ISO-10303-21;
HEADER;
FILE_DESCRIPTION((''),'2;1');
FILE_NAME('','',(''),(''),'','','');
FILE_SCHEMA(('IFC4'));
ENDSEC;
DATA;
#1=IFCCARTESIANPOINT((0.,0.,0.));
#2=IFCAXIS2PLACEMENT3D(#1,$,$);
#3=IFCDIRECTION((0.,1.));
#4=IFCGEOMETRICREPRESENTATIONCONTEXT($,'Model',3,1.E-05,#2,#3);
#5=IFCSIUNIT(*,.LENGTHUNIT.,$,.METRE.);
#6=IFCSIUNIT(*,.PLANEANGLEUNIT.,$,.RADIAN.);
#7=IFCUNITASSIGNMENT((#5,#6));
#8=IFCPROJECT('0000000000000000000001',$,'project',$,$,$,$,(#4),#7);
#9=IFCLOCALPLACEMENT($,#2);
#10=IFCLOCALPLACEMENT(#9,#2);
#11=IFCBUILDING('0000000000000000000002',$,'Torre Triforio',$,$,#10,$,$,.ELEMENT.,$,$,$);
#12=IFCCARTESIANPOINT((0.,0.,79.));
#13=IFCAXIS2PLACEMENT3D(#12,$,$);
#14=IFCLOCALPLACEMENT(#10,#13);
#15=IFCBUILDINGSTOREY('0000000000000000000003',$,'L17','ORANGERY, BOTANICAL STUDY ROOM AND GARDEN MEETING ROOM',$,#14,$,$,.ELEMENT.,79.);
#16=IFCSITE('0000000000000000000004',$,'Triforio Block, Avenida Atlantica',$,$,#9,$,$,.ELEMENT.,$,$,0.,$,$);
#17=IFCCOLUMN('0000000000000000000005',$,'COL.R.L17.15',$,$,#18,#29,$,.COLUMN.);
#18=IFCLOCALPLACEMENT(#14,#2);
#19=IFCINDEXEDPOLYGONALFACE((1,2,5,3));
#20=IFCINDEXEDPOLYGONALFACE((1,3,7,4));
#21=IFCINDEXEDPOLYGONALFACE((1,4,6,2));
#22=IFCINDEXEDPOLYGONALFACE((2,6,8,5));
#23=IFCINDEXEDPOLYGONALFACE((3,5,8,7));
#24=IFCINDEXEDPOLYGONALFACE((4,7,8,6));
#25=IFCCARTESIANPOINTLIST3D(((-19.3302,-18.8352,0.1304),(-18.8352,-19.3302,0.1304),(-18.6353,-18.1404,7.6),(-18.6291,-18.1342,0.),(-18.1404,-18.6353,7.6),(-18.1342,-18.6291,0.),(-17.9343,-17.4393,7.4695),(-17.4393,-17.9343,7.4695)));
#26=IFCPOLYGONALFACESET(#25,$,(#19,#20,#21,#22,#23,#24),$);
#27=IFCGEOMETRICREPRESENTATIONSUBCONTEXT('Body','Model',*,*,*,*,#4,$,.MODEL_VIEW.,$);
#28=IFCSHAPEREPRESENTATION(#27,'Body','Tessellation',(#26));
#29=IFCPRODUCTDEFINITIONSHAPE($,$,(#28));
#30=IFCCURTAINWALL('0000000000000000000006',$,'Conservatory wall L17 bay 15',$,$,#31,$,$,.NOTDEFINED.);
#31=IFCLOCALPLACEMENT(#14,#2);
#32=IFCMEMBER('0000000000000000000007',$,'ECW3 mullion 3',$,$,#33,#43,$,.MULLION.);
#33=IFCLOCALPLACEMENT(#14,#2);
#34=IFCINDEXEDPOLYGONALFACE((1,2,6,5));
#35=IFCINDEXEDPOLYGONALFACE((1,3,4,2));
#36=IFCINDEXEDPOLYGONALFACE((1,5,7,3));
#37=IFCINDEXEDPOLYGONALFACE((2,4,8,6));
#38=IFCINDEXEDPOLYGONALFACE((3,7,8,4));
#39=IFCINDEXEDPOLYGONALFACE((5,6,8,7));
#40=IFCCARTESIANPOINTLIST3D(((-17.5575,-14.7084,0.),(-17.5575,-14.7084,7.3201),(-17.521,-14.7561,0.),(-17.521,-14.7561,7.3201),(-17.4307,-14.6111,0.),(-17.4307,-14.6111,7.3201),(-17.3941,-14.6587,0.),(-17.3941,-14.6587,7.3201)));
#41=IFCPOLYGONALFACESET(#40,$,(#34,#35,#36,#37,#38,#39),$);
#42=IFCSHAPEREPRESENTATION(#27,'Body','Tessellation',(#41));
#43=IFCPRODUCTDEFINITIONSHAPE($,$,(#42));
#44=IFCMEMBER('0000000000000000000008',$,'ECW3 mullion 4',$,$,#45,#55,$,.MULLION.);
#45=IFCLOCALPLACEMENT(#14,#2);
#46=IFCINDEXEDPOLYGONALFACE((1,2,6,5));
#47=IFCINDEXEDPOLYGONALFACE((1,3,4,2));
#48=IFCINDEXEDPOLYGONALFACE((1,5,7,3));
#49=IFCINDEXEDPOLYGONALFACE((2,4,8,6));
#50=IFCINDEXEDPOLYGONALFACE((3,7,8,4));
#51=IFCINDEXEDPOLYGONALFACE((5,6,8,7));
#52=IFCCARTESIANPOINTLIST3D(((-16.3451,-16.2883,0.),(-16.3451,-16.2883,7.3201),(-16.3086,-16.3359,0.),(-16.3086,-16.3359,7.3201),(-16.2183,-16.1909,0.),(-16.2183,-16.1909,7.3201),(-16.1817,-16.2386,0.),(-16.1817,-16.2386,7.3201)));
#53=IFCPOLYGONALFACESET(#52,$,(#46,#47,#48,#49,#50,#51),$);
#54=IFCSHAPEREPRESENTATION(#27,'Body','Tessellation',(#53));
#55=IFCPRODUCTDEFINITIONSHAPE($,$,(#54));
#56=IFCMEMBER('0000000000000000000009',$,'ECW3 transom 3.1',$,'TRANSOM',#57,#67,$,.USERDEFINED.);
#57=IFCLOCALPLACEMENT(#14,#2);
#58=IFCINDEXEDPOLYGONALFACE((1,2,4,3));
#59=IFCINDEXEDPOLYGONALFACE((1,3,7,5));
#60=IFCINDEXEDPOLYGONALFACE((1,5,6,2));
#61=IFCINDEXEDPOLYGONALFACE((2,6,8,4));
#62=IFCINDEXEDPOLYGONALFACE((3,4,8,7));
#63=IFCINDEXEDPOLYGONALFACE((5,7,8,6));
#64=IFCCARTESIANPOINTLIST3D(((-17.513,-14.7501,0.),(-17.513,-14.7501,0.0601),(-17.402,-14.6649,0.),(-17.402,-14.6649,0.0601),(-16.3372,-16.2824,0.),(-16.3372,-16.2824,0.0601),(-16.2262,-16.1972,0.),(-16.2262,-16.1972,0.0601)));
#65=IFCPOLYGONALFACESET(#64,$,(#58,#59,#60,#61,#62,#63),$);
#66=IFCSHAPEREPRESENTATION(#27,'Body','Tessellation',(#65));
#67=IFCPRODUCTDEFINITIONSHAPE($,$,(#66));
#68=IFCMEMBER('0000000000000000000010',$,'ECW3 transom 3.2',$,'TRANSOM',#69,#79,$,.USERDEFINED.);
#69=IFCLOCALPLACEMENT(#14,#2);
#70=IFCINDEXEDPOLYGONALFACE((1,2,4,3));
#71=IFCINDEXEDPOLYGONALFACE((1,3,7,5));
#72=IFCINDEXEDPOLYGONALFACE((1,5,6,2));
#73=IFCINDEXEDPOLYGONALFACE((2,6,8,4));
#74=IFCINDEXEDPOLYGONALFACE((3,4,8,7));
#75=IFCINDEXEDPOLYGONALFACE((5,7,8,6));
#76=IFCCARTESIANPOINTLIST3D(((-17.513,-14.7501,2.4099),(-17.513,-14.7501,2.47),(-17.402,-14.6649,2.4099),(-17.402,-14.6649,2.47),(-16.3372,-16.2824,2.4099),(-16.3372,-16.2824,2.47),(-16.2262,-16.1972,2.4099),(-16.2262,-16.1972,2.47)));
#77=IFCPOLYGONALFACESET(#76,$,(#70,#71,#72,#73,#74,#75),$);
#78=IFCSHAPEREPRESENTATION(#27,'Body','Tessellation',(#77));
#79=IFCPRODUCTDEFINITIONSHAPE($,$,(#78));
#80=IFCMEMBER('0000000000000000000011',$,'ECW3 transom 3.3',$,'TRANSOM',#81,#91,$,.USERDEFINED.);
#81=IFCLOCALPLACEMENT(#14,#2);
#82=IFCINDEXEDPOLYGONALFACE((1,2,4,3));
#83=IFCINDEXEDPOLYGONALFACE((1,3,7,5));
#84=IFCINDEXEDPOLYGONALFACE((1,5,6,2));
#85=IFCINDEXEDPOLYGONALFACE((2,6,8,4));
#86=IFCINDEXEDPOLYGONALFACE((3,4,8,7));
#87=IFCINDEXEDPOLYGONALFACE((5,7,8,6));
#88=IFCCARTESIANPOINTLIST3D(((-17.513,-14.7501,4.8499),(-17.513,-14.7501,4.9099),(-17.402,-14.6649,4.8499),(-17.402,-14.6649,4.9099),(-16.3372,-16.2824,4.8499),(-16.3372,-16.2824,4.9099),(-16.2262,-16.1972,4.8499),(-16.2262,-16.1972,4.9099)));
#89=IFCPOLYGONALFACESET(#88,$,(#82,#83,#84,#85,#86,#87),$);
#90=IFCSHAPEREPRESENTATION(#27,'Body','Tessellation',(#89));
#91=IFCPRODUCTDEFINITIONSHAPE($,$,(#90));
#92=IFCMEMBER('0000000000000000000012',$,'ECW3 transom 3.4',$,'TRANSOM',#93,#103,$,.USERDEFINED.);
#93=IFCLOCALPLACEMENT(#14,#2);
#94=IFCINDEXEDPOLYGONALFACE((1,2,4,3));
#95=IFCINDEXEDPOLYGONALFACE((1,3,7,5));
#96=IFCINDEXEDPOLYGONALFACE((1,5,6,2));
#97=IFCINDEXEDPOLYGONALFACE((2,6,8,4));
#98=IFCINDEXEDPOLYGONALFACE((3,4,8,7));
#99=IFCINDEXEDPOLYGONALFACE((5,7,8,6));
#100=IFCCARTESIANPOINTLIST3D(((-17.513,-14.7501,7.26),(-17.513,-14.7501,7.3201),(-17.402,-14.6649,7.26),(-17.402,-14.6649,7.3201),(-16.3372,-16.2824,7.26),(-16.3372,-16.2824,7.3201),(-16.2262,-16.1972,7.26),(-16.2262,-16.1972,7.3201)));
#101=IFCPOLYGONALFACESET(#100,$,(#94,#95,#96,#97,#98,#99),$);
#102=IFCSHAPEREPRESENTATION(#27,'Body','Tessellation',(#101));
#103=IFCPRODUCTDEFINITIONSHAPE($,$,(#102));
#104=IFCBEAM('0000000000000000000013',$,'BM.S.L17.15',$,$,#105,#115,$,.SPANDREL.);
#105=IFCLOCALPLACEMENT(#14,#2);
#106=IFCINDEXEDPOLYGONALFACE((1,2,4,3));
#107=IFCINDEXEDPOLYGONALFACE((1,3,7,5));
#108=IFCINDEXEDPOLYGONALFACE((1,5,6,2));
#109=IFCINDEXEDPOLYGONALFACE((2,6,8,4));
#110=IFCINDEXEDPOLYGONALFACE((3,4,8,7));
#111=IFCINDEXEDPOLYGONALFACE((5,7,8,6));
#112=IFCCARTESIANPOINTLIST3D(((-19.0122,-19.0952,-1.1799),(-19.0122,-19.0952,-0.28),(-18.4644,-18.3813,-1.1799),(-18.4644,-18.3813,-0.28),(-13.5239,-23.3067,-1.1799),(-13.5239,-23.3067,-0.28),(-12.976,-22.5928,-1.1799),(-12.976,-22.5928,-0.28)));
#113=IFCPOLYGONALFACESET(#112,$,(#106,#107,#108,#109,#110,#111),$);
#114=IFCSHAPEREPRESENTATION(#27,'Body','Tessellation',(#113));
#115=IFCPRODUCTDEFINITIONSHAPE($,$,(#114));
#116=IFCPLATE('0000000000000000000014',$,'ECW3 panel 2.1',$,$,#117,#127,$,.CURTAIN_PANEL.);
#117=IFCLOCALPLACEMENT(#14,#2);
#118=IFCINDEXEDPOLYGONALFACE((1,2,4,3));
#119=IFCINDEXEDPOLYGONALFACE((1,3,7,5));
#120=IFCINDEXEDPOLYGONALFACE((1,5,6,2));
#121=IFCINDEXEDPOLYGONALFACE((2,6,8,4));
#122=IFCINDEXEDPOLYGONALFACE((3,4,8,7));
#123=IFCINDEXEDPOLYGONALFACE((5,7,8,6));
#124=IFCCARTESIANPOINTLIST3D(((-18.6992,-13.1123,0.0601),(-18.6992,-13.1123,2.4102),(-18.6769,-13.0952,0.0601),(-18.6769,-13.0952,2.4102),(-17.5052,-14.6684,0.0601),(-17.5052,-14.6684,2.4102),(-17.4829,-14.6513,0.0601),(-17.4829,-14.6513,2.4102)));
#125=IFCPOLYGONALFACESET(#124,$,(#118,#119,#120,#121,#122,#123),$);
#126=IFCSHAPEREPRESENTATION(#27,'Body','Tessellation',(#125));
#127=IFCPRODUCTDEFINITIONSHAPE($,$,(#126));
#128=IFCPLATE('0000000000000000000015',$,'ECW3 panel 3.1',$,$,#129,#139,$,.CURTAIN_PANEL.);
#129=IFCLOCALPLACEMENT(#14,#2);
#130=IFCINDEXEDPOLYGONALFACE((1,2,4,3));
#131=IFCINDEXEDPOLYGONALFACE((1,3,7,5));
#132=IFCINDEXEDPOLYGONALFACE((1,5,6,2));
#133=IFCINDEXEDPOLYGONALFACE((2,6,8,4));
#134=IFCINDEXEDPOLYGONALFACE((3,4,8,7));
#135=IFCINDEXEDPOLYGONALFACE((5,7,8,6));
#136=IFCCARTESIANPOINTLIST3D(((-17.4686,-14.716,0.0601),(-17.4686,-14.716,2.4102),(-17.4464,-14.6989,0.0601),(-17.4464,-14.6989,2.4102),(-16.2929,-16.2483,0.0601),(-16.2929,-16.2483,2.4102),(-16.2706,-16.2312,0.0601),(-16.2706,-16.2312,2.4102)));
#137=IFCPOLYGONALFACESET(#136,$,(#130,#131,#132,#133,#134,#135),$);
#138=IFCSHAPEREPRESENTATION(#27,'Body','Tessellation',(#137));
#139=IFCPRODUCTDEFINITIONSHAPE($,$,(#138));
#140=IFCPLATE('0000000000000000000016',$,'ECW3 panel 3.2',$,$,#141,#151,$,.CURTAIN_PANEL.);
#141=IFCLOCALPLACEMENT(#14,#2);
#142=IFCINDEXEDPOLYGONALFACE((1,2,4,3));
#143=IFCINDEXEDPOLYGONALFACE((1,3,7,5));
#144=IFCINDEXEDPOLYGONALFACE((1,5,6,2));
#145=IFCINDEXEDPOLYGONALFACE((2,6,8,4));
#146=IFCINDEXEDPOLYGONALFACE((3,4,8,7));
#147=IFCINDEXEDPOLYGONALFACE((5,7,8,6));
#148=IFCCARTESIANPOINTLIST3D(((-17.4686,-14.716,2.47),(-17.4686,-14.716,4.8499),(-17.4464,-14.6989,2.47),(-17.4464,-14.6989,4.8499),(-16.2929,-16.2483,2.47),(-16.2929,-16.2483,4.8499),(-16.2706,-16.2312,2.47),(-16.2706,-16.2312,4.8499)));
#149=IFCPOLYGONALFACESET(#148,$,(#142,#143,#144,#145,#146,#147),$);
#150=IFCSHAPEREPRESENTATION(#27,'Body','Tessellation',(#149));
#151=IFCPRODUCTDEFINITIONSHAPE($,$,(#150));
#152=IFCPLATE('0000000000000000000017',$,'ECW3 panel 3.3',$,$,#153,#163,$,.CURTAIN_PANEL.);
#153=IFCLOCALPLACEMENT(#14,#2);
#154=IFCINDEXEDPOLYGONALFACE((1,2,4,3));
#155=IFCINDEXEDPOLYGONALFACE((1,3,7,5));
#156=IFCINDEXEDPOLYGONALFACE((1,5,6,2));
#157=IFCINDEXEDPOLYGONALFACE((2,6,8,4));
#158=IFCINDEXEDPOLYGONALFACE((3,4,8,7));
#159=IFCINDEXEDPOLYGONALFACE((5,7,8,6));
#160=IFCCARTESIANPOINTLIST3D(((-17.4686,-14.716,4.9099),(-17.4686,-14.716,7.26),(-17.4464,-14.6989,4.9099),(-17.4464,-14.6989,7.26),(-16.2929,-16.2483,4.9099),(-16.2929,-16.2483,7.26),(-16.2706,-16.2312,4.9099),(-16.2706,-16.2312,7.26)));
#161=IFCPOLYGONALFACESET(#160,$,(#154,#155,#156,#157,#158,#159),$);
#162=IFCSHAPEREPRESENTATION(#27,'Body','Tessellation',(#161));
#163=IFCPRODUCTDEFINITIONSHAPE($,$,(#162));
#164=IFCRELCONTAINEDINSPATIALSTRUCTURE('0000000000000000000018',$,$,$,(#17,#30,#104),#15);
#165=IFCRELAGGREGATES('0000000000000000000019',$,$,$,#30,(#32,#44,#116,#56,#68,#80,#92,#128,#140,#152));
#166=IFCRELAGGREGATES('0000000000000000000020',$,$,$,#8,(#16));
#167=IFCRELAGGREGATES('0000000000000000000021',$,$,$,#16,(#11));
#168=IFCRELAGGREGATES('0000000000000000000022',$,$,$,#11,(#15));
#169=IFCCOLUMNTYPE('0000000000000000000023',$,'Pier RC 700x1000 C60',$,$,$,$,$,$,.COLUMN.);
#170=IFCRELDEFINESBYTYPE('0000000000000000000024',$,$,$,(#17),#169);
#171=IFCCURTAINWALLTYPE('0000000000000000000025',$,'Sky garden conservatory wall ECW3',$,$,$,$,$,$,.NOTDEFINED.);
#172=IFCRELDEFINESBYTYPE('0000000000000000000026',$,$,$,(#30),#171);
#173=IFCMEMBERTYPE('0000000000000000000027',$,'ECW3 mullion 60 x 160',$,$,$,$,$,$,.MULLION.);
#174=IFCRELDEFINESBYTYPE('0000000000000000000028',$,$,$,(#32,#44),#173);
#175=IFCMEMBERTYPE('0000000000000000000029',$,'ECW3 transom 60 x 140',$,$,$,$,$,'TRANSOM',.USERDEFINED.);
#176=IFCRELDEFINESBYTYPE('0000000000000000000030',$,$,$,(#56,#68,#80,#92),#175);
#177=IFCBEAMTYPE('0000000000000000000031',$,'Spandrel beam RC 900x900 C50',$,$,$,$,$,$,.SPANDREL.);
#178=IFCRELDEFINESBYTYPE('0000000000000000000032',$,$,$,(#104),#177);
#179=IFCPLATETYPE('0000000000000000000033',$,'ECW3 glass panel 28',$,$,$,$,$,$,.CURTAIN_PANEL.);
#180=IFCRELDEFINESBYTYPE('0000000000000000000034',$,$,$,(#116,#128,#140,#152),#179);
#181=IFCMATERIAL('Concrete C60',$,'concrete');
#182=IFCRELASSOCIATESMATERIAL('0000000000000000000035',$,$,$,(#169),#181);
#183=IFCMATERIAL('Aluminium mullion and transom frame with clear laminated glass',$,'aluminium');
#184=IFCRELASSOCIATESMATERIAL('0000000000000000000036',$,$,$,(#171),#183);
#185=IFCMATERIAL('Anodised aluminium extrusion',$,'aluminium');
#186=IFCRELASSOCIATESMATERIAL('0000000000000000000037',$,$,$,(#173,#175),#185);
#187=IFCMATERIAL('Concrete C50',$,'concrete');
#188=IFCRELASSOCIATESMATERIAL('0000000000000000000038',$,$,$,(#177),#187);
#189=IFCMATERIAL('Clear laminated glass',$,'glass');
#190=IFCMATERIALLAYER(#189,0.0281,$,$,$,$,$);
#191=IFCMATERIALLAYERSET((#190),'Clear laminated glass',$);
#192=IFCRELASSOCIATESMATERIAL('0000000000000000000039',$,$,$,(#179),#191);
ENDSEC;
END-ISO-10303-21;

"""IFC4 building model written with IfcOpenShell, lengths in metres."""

from ifc_helpers import new_model, si_unit, direction, frame, origin, origin_2d, place, context, subcontext, project, spatial, rectangle, extrude, material, layer, layer_set, material_profile, profile_set, type_object, element, aggregate, save


model = new_model("IFC4")

# Units and contexts
model_context = context("Model", 3, precision=1e-05, world=origin(), true_north=direction((0.0, 1.0)))
body_context = subcontext(model_context, "Body", "Model", "MODEL_VIEW")
ifc_project = project(units=[si_unit("LENGTHUNIT", "METRE"), si_unit("PLANEANGLEUNIT", "RADIAN")], contexts=[model_context])

# Site, building, storey
site_placement = place(None, origin())
site = spatial("IfcSite", under=ifc_project, at=site_placement, Name="Triforio Block, Avenida Atlantica", CompositionType="ELEMENT", RefElevation=0.0)
building_placement = place(site_placement, origin())
building = spatial("IfcBuilding", under=site, at=building_placement, Name="Torre Triforio", CompositionType="ELEMENT")
storey_placement = place(building_placement, frame((0.0, 0.0, 79.0)))
storey = spatial("IfcBuildingStorey", under=building, at=storey_placement, Name="L17", Description="ORANGERY, BOTANICAL STUDY ROOM AND GARDEN MEETING ROOM", CompositionType="ELEMENT", Elevation=79.0)

# Column
ifc_material_1 = material(Name="Concrete C60", Category="concrete")
ifc_material_profile_1 = material_profile(ifc_material_1, rectangle(XDim=0.7, YDim=1.0, at=origin_2d()), Name="RC 700x1000")
ifc_profile_set_1 = profile_set([ifc_material_profile_1], Name="Concrete C60")
column_type = type_object("IfcColumnType", Name="Pier RC 700x1000 C60", PredefinedType="COLUMN", material=ifc_profile_set_1)
column_placement = place(storey_placement, frame((-18.7322, -18.7322, 0.0652), z_axis=(0.092227, 0.092227, 0.991458), x_axis=(-0.707107, 0.707107, 0.0)))
element("IfcColumn", 1, at=column_placement, inside=storey, type_object=column_type, Name="COL.R.L17.15", PredefinedType="COLUMN", context=body_context, shape_type="SweptSolid", body=[
    extrude(rectangle(XDim=0.7, YDim=1.0, at=origin_2d()), origin(), (0.0, 0.0, 1.0), 7.5339),
])

# Curtain wall, members
ifc_material_2 = material(Name="Aluminium mullion and transom frame with clear laminated glass", Category="aluminium")
curtain_wall_type = type_object("IfcCurtainWallType", Name="Sky garden conservatory wall ECW3", PredefinedType="NOTDEFINED", material=ifc_material_2)
curtain_wall_placement = place(storey_placement, origin())
curtain_wall = element("IfcCurtainWall", 2, at=curtain_wall_placement, inside=storey, type_object=curtain_wall_type, Name="Conservatory wall L17 bay 15", PredefinedType="NOTDEFINED")
ifc_material_3 = material(Name="Anodised aluminium extrusion", Category="aluminium")
ifc_material_profile_2 = material_profile(ifc_material_3, rectangle(XDim=0.1599, YDim=0.0601, at=origin_2d()), Name="ECW3 MULLION 60x160")
ifc_profile_set_2 = profile_set([ifc_material_profile_2], Name="Anodised aluminium extrusion")
member_type_1 = type_object("IfcMemberType", Name="ECW3 mullion 60 x 160", PredefinedType="MULLION", material=ifc_profile_set_2)
member_1_placement = place(storey_placement, frame((-17.4758, -14.6836, 0.0), z_axis=(0.0, 0.0, 1.0), x_axis=(0.79336, 0.608752, 0.0)))
member_1 = element("IfcMember", 3, at=member_1_placement, type_object=member_type_1, Name="ECW3 mullion 3", PredefinedType="MULLION", context=body_context, shape_type="SweptSolid", body=[
    extrude(rectangle(XDim=0.1599, YDim=0.0601, at=origin_2d()), origin(), (0.0, 0.0, 1.0), 7.3201),
])
member_2_placement = place(storey_placement, frame((-16.2634, -16.2634, 0.0), z_axis=(0.0, 0.0, 1.0), x_axis=(0.79336, 0.608752, 0.0)))
member_2 = element("IfcMember", 4, at=member_2_placement, type_object=member_type_1, Name="ECW3 mullion 4", PredefinedType="MULLION", context=body_context, shape_type="SweptSolid", body=[
    extrude(rectangle(XDim=0.1599, YDim=0.0601, at=origin_2d()), origin(), (0.0, 0.0, 1.0), 7.3201),
])
ifc_material_profile_3 = material_profile(ifc_material_3, rectangle(XDim=0.1399, YDim=0.0601, at=origin_2d()), Name="ECW3 TRANSOM 60x140")
ifc_profile_set_3 = profile_set([ifc_material_profile_3], Name="Anodised aluminium extrusion")
member_type_2 = type_object("IfcMemberType", Name="ECW3 transom 60 x 140", ElementType="TRANSOM", PredefinedType="USERDEFINED", material=ifc_profile_set_3)
member_3_placement = place(storey_placement, frame((-17.4575, -14.7075, 0.03), z_axis=(0.608782, -0.793338, 0.0), x_axis=(0.793338, 0.608782, 0.0)))
member_3 = element("IfcMember", 5, at=member_3_placement, type_object=member_type_2, Name="ECW3 transom 3.1", ObjectType="TRANSOM", PredefinedType="USERDEFINED", context=body_context, shape_type="SweptSolid", body=[
    extrude(rectangle(XDim=0.1399, YDim=0.0601, at=origin_2d()), origin(), (0.0, 0.0, 1.0), 1.9314),
])
member_4_placement = place(storey_placement, frame((-17.4575, -14.7075, 2.4399), z_axis=(0.608782, -0.793338, 0.0), x_axis=(0.793338, 0.608782, 0.0)))
member_4 = element("IfcMember", 6, at=member_4_placement, type_object=member_type_2, Name="ECW3 transom 3.2", ObjectType="TRANSOM", PredefinedType="USERDEFINED", context=body_context, shape_type="SweptSolid", body=[
    extrude(rectangle(XDim=0.1399, YDim=0.0601, at=origin_2d()), origin(), (0.0, 0.0, 1.0), 1.9314),
])
member_5_placement = place(storey_placement, frame((-17.4575, -14.7075, 4.8799), z_axis=(0.608782, -0.793338, 0.0), x_axis=(0.793338, 0.608782, 0.0)))
member_5 = element("IfcMember", 7, at=member_5_placement, type_object=member_type_2, Name="ECW3 transom 3.3", ObjectType="TRANSOM", PredefinedType="USERDEFINED", context=body_context, shape_type="SweptSolid", body=[
    extrude(rectangle(XDim=0.1399, YDim=0.0601, at=origin_2d()), origin(), (0.0, 0.0, 1.0), 1.9314),
])
member_6_placement = place(storey_placement, frame((-17.4575, -14.7075, 7.29), z_axis=(0.608782, -0.793338, 0.0), x_axis=(0.793338, 0.608782, 0.0)))
member_6 = element("IfcMember", 8, at=member_6_placement, type_object=member_type_2, Name="ECW3 transom 3.4", ObjectType="TRANSOM", PredefinedType="USERDEFINED", context=body_context, shape_type="SweptSolid", body=[
    extrude(rectangle(XDim=0.1399, YDim=0.0601, at=origin_2d()), origin(), (0.0, 0.0, 1.0), 1.9314),
])

# Beam
ifc_material_4 = material(Name="Concrete C50", Category="concrete")
ifc_material_profile_4 = material_profile(ifc_material_4, rectangle(XDim=0.8999, YDim=0.8999, at=origin_2d()), Name="RC 900x900")
ifc_profile_set_4 = profile_set([ifc_material_profile_4], Name="Concrete C50")
beam_type = type_object("IfcBeamType", Name="Spandrel beam RC 900x900 C50", PredefinedType="SPANDREL", material=ifc_profile_set_4)
beam_placement = place(storey_placement, frame((-18.7383, -18.7383, -0.73), z_axis=(0.793345, -0.608772, 0.0), x_axis=(0.608772, 0.793345, 0.0)))
element("IfcBeam", 9, at=beam_placement, inside=storey, type_object=beam_type, Name="BM.S.L17.15", PredefinedType="SPANDREL", context=body_context, shape_type="SweptSolid", body=[
    extrude(rectangle(XDim=0.8999, YDim=0.8999, at=origin_2d()), origin(), (0.0, 0.0, 1.0), 6.918),
])

# Plates
ifc_material_5 = material(Name="Clear laminated glass", Category="glass")
ifc_layer_1 = layer(ifc_material_5, 0.0281)
ifc_layer_set_1 = layer_set([ifc_layer_1], Name="Clear laminated glass")
plate_type = type_object("IfcPlateType", Name="ECW3 glass panel 28", PredefinedType="CURTAIN_PANEL", material=ifc_layer_set_1)
plate_1_placement = place(storey_placement, frame((-18.0911, -13.8818, 0.0601), z_axis=(0.0, 0.0, 1.0), x_axis=(0.608752, -0.79336, 0.0)))
plate_1 = element("IfcPlate", 10, at=plate_1_placement, type_object=plate_type, Name="ECW3 panel 2.1", PredefinedType="CURTAIN_PANEL", context=body_context, shape_type="SweptSolid", body=[
    extrude(rectangle(XDim=1.9614, YDim=0.0281, at=origin_2d()), origin(), (0.0, 0.0, 1.0), 2.3501),
])
plate_2_placement = place(storey_placement, frame((-16.8696, -15.4736, 0.0601), z_axis=(0.0, 0.0, 1.0), x_axis=(0.608752, -0.79336, 0.0)))
plate_2 = element("IfcPlate", 11, at=plate_2_placement, type_object=plate_type, Name="ECW3 panel 3.1", PredefinedType="CURTAIN_PANEL", context=body_context, shape_type="SweptSolid", body=[
    extrude(rectangle(XDim=1.9314, YDim=0.0281, at=origin_2d()), origin(), (0.0, 0.0, 1.0), 2.3501),
])
plate_3_placement = place(storey_placement, frame((-16.8696, -15.4736, 2.47), z_axis=(0.0, 0.0, 1.0), x_axis=(0.608752, -0.79336, 0.0)))
plate_3 = element("IfcPlate", 12, at=plate_3_placement, type_object=plate_type, Name="ECW3 panel 3.2", PredefinedType="CURTAIN_PANEL", context=body_context, shape_type="SweptSolid", body=[
    extrude(rectangle(XDim=1.9314, YDim=0.0281, at=origin_2d()), origin(), (0.0, 0.0, 1.0), 2.3799),
])
plate_4_placement = place(storey_placement, frame((-16.8696, -15.4736, 4.9099), z_axis=(0.0, 0.0, 1.0), x_axis=(0.608752, -0.79336, 0.0)))
plate_4 = element("IfcPlate", 13, at=plate_4_placement, type_object=plate_type, Name="ECW3 panel 3.3", PredefinedType="CURTAIN_PANEL", context=body_context, shape_type="SweptSolid", body=[
    extrude(rectangle(XDim=1.9314, YDim=0.0281, at=origin_2d()), origin(), (0.0, 0.0, 1.0), 2.3501),
])
aggregate(curtain_wall, [member_1, member_2, plate_1, member_3, member_4, member_5, member_6, plate_2, plate_3, plate_4])

save(model, "model.ifc")
